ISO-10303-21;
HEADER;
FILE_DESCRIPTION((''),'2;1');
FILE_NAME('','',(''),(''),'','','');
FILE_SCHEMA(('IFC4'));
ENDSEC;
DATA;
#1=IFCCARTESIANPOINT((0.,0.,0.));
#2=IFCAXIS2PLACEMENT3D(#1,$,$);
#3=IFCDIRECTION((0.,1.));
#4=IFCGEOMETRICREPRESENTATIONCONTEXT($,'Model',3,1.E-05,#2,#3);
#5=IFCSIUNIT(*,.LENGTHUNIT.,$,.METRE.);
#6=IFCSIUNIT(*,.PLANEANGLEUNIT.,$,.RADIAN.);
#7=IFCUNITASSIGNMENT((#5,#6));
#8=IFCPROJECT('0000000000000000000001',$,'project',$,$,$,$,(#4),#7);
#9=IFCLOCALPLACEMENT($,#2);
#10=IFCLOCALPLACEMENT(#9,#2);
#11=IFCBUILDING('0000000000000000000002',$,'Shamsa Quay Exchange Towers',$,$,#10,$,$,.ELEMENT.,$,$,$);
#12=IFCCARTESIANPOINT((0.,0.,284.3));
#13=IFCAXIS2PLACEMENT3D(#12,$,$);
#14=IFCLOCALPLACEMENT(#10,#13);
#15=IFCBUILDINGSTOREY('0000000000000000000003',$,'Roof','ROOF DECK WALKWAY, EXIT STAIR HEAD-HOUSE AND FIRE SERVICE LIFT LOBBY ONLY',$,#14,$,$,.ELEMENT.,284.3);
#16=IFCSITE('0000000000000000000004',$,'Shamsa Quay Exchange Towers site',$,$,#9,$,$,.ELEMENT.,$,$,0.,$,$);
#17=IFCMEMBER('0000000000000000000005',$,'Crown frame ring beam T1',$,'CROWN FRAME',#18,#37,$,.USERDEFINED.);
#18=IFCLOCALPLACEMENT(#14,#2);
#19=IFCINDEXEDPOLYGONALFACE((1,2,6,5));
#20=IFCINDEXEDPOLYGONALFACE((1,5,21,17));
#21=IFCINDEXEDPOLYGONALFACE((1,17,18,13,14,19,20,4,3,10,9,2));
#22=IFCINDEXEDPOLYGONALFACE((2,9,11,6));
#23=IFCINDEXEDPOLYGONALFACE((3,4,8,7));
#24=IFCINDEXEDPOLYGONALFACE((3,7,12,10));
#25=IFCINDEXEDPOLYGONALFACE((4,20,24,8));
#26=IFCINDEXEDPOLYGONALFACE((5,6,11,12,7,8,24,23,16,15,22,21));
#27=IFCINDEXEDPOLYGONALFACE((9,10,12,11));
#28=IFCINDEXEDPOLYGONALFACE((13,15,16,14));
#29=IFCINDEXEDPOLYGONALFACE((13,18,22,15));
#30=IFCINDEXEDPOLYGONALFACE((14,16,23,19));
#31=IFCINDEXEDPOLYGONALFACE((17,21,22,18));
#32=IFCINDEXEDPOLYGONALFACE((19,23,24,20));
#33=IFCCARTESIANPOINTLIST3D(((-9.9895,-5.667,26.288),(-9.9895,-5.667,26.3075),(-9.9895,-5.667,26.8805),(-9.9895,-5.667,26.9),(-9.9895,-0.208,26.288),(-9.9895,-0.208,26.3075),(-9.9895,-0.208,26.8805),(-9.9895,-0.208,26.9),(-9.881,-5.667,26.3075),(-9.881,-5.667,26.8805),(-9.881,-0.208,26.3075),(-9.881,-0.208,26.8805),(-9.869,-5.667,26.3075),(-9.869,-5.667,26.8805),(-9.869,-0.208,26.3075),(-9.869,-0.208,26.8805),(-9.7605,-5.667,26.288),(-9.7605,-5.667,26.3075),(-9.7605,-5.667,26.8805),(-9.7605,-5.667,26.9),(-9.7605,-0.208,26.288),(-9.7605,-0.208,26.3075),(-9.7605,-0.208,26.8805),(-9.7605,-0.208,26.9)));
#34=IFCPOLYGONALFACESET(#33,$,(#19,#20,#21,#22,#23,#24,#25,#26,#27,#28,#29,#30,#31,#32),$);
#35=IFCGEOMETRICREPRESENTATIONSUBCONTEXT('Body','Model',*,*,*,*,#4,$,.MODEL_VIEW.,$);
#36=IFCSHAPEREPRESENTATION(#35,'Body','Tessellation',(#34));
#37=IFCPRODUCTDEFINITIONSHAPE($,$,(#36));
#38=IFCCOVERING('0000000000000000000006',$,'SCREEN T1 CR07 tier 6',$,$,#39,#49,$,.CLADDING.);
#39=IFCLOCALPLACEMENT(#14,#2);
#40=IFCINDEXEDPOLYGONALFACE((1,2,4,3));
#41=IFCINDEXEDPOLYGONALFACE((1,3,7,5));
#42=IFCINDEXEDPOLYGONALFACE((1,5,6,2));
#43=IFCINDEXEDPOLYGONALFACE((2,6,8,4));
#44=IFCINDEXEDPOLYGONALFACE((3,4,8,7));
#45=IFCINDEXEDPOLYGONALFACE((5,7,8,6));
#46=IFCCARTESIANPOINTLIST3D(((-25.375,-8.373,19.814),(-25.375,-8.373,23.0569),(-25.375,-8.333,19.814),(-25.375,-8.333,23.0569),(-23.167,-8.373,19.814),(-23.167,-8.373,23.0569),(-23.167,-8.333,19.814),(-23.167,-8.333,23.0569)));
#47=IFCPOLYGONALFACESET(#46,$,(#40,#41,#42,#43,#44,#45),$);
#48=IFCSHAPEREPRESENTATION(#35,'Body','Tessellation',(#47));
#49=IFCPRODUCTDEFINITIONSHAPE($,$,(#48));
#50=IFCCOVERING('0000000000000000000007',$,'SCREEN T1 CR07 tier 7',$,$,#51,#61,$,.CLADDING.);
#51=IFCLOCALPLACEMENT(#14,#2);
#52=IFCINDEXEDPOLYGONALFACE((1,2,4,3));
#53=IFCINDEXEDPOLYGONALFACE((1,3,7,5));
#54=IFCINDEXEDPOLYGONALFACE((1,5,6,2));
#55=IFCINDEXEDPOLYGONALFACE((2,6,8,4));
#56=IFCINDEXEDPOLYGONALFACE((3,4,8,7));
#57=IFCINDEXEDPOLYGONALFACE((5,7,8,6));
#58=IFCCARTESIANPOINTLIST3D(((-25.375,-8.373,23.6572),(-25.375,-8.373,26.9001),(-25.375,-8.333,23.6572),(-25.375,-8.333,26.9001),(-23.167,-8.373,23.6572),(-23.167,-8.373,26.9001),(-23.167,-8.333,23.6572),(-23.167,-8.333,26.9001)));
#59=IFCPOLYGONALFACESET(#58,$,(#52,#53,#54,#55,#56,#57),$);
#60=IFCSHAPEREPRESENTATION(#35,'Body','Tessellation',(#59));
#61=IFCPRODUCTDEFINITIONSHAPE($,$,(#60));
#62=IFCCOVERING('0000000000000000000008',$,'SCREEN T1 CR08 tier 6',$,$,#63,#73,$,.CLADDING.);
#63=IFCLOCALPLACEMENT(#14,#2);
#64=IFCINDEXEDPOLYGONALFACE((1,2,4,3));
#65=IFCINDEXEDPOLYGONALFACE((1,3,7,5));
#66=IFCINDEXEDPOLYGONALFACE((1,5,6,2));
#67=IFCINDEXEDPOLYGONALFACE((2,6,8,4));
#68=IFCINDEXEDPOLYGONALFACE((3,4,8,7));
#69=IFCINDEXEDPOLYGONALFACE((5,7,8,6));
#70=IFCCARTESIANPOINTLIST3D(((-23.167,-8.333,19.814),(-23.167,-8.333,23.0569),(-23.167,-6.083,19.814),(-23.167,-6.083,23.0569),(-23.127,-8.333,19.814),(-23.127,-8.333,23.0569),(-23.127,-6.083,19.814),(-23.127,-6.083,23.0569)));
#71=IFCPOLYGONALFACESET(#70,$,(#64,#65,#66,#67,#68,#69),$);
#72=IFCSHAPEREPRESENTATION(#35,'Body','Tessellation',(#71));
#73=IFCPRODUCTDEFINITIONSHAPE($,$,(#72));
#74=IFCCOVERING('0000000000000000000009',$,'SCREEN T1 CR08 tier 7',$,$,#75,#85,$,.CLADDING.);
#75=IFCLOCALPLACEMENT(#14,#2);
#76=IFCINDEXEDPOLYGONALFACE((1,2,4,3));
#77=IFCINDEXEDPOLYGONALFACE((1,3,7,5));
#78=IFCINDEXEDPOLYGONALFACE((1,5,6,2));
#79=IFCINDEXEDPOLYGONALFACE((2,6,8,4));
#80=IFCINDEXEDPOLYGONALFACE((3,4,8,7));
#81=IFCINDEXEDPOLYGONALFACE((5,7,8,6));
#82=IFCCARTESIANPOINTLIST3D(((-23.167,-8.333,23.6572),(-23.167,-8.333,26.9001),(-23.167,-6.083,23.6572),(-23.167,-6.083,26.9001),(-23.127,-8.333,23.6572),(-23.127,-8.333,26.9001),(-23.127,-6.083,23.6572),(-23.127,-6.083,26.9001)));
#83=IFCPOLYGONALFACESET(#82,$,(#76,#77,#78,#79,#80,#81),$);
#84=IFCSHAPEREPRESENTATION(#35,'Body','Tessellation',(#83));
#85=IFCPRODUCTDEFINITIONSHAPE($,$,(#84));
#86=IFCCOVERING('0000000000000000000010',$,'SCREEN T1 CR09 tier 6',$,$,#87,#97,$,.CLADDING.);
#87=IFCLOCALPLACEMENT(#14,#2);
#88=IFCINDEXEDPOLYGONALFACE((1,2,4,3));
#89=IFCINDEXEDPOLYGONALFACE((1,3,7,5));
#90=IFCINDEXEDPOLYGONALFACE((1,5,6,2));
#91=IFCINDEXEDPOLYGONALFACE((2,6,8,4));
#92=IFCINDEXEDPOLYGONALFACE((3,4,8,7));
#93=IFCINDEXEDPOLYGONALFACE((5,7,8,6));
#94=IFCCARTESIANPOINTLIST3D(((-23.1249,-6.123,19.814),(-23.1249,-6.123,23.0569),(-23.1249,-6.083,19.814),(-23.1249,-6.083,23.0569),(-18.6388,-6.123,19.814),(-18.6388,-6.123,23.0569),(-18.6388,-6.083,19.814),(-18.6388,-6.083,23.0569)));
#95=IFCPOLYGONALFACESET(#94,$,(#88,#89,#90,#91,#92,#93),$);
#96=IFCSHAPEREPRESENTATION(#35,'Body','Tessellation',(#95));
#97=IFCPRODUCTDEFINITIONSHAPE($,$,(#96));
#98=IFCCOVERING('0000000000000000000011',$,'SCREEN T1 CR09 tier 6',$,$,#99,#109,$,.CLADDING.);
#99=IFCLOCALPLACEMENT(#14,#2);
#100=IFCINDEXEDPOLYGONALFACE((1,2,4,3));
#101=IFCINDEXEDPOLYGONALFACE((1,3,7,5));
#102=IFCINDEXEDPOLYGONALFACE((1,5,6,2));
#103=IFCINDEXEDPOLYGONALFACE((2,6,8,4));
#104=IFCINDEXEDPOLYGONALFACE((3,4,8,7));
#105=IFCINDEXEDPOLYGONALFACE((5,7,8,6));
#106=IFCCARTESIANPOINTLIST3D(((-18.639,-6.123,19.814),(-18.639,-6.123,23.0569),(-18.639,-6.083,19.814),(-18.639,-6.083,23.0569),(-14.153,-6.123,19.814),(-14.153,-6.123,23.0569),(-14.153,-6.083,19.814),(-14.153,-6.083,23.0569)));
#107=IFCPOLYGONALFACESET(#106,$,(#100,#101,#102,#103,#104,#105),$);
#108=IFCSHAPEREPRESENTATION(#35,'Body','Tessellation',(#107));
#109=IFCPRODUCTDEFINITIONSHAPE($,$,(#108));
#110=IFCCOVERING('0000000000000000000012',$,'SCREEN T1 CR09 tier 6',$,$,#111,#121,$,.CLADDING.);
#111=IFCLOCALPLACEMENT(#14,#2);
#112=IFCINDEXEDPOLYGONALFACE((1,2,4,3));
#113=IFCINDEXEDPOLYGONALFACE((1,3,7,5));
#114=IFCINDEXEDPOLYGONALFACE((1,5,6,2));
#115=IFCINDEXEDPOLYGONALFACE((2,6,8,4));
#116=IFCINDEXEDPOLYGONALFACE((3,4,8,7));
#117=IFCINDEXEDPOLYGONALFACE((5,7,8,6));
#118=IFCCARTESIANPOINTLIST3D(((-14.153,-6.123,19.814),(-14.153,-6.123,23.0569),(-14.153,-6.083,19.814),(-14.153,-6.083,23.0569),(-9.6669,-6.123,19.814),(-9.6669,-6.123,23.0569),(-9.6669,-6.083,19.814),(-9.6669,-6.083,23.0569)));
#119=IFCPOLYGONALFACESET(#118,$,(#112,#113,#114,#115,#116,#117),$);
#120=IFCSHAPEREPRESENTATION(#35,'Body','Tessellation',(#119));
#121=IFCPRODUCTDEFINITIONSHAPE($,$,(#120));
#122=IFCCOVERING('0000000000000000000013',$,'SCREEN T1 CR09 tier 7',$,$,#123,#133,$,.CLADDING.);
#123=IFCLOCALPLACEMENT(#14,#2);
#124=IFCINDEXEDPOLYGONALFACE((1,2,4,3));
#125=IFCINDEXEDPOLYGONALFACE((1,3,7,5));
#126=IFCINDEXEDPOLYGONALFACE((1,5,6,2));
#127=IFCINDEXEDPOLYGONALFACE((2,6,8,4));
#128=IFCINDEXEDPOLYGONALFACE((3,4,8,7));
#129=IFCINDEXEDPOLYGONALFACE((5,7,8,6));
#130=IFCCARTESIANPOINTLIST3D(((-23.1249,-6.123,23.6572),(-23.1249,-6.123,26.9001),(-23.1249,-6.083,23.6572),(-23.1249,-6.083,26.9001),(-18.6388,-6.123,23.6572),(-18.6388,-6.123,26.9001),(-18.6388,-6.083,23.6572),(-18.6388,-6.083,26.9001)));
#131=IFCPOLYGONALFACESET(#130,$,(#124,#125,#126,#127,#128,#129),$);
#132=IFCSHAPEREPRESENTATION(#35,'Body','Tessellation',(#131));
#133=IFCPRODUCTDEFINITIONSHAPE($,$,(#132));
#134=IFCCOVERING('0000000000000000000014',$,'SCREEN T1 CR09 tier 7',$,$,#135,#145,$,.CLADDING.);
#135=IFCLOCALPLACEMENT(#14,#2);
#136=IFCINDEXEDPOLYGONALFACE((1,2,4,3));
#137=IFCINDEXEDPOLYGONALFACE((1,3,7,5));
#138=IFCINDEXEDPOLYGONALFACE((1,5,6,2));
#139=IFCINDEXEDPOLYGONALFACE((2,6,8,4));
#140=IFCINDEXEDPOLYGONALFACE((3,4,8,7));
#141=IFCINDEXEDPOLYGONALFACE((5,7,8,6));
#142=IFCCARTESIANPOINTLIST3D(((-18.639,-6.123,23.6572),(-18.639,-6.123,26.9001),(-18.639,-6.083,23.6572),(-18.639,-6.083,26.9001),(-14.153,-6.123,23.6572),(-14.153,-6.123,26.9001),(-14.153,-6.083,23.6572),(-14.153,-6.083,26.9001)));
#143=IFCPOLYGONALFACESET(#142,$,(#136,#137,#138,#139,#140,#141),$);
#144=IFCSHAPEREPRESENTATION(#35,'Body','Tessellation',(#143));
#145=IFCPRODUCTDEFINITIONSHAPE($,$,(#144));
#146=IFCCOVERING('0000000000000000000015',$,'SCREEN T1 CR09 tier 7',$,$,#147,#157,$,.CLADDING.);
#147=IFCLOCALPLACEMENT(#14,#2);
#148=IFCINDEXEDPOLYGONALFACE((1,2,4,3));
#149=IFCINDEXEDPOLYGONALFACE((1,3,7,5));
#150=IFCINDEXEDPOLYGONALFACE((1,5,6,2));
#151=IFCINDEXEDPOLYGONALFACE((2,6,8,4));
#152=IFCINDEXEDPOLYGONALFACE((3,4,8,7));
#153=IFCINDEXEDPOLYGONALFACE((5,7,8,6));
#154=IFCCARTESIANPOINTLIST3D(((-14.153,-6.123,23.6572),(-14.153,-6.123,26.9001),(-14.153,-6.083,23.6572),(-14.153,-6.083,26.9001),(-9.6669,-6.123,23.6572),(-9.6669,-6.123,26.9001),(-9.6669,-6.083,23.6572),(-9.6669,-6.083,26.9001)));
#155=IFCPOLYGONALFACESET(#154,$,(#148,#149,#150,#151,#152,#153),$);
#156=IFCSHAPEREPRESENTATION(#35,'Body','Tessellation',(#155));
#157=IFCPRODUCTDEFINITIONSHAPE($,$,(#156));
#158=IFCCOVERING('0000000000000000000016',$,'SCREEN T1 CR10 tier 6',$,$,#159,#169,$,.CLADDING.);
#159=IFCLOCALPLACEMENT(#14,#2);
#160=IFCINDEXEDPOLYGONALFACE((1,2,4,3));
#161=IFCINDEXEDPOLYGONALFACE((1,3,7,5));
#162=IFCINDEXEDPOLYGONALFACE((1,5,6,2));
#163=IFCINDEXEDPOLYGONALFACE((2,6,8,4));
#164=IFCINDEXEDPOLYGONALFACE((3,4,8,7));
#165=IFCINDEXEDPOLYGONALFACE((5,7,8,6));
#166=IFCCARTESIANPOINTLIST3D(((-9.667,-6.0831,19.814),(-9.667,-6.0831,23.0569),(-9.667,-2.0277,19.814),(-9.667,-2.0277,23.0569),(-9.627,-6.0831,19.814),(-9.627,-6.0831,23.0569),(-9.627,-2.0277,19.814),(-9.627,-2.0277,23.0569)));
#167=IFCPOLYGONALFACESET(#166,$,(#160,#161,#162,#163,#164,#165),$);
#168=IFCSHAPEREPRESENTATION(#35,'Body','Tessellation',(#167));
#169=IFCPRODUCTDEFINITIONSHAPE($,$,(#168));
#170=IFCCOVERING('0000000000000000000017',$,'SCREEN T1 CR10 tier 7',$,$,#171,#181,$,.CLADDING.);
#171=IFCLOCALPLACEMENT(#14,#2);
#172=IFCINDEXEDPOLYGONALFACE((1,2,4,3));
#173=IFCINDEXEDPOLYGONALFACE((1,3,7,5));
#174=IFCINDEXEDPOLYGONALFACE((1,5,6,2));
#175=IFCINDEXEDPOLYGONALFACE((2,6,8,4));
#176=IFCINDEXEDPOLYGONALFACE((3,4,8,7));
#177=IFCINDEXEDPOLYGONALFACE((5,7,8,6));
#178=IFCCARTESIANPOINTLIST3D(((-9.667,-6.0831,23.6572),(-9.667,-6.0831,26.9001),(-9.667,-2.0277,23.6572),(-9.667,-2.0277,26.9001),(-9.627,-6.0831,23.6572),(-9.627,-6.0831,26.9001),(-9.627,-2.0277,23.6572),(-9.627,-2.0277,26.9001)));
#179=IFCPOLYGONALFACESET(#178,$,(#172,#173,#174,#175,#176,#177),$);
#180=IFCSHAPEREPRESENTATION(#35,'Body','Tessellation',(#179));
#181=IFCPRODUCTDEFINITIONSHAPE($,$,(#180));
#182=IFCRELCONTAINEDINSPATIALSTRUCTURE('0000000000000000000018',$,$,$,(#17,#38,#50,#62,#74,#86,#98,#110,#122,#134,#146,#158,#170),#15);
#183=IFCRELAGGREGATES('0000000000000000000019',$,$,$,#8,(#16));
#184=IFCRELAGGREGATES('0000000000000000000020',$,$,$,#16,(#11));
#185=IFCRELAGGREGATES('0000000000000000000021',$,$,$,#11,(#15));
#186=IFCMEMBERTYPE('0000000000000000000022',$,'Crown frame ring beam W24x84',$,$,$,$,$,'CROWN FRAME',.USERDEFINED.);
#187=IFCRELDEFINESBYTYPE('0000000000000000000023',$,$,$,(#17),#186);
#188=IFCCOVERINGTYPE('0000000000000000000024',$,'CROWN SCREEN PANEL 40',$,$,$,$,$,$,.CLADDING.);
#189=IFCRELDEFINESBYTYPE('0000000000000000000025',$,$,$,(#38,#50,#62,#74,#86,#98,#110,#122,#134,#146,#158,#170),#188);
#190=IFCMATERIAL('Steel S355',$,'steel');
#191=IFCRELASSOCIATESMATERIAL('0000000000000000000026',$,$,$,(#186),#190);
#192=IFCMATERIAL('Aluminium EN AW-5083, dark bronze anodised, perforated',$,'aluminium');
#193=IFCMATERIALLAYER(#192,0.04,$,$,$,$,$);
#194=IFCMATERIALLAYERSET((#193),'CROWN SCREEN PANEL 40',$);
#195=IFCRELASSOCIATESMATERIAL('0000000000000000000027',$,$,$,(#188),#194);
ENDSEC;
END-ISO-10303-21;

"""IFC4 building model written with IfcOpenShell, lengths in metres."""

from ifc_helpers import new_model, si_unit, direction, frame, origin, origin_2d, place, context, subcontext, project, spatial, rectangle, i_section, extrude, material, layer, layer_set, material_profile, profile_set, type_object, element, save


model = new_model("IFC4")

# Units and contexts
model_context = context("Model", 3, precision=1e-05, world=origin(), true_north=direction((0.0, 1.0)))
body_context = subcontext(model_context, "Body", "Model", "MODEL_VIEW")
ifc_project = project(units=[si_unit("LENGTHUNIT", "METRE"), si_unit("PLANEANGLEUNIT", "RADIAN")], contexts=[model_context])

# Site, building, storey
site_placement = place(None, origin())
site = spatial("IfcSite", under=ifc_project, at=site_placement, Name="Shamsa Quay Exchange Towers site", CompositionType="ELEMENT", RefElevation=0.0)
building_placement = place(site_placement, origin())
building = spatial("IfcBuilding", under=site, at=building_placement, Name="Shamsa Quay Exchange Towers", CompositionType="ELEMENT")
storey_placement = place(building_placement, frame((0.0, 0.0, 284.3)))
storey = spatial("IfcBuildingStorey", under=building, at=storey_placement, Name="Roof", Description="ROOF DECK WALKWAY, EXIT STAIR HEAD-HOUSE AND FIRE SERVICE LIFT LOBBY ONLY", CompositionType="ELEMENT", Elevation=284.3)

# Member
ifc_material_1 = material(Name="Steel S355", Category="steel")
ifc_material_profile_1 = material_profile(ifc_material_1, i_section(OverallWidth=0.229, OverallDepth=0.6121, WebThickness=0.012, FlangeThickness=0.0195, at=origin_2d()), Name="W24x84")
ifc_profile_set_1 = profile_set([ifc_material_profile_1], Name="Steel S355")
member_type_1 = type_object("IfcMemberType", Name="Crown frame ring beam W24x84", ElementType="CROWN FRAME", PredefinedType="USERDEFINED", material=ifc_profile_set_1)
for number, where, z_axis, x_axis, name in (
    (1, (-9.875, -5.667, 26.594), (0.0, 1.0, 0.0), (-1.0, 0.0, 0.0), "Crown frame ring beam T1"),
):
    element("IfcMember", number, at=place(storey_placement, frame(where, z_axis=z_axis, x_axis=x_axis)), inside=storey, type_object=member_type_1, Name=name, ObjectType="CROWN FRAME", PredefinedType="USERDEFINED", context=body_context, shape_type="SweptSolid", body=[
        extrude(i_section(OverallWidth=0.229, OverallDepth=0.6121, WebThickness=0.012, FlangeThickness=0.0195, at=origin_2d()), origin(), (0.0, 0.0, 1.0), 5.459),
    ])

# Coverings
ifc_material_2 = material(Name="Aluminium EN AW-5083, dark bronze anodised, perforated", Category="aluminium")
ifc_layer = layer(ifc_material_2, 0.04)
ifc_layer_set = layer_set([ifc_layer], Name="CROWN SCREEN PANEL 40")
covering_type = type_object("IfcCoveringType", Name="CROWN SCREEN PANEL 40", PredefinedType="CLADDING", material=ifc_layer_set)
for number, where, name in (
    (2, (-24.271, -8.353, 19.814), "SCREEN T1 CR07 tier 6"),
    (3, (-24.271, -8.353, 23.6572), "SCREEN T1 CR07 tier 7"),
):
    element("IfcCovering", number, at=place(storey_placement, frame(where)), inside=storey, type_object=covering_type, Name=name, PredefinedType="CLADDING", context=body_context, shape_type="SweptSolid", body=[
        extrude(rectangle(XDim=2.208, YDim=0.04, at=origin_2d()), origin(), (0.0, 0.0, 1.0), 3.2429),
    ])
for number, where, z_axis, x_axis, name in (
    (4, (-23.147, -7.208, 19.814), (0.0, 0.0, 1.0), (0.0, 1.0, 0.0), "SCREEN T1 CR08 tier 6"),
    (5, (-23.147, -7.208, 23.6572), (0.0, 0.0, 1.0), (0.0, 1.0, 0.0), "SCREEN T1 CR08 tier 7"),
):
    element("IfcCovering", number, at=place(storey_placement, frame(where, z_axis=z_axis, x_axis=x_axis)), inside=storey, type_object=covering_type, Name=name, PredefinedType="CLADDING", context=body_context, shape_type="SweptSolid", body=[
        extrude(rectangle(XDim=2.25, YDim=0.04, at=origin_2d()), origin(), (0.0, 0.0, 1.0), 3.2429),
    ])
for number, where, name in (
    (6, (-20.8818, -6.103, 19.814), "SCREEN T1 CR09 tier 6"),
    (7, (-16.396, -6.103, 19.814), "SCREEN T1 CR09 tier 6"),
    (8, (-11.9099, -6.103, 19.814), "SCREEN T1 CR09 tier 6"),
    (9, (-20.8818, -6.103, 23.6572), "SCREEN T1 CR09 tier 7"),
    (10, (-16.396, -6.103, 23.6572), "SCREEN T1 CR09 tier 7"),
    (11, (-11.9099, -6.103, 23.6572), "SCREEN T1 CR09 tier 7"),
):
    element("IfcCovering", number, at=place(storey_placement, frame(where)), inside=storey, type_object=covering_type, Name=name, PredefinedType="CLADDING", context=body_context, shape_type="SweptSolid", body=[
        extrude(rectangle(XDim=4.4861, YDim=0.04, at=origin_2d()), origin(), (0.0, 0.0, 1.0), 3.2429),
    ])
for number, where, z_axis, x_axis, name in (
    (12, (-9.647, -4.0554, 19.814), (0.0, 0.0, 1.0), (0.0, 1.0, 0.0), "SCREEN T1 CR10 tier 6"),
    (13, (-9.647, -4.0554, 23.6572), (0.0, 0.0, 1.0), (0.0, 1.0, 0.0), "SCREEN T1 CR10 tier 7"),
):
    element("IfcCovering", number, at=place(storey_placement, frame(where, z_axis=z_axis, x_axis=x_axis)), inside=storey, type_object=covering_type, Name=name, PredefinedType="CLADDING", context=body_context, shape_type="SweptSolid", body=[
        extrude(rectangle(XDim=4.0554, YDim=0.04, at=origin_2d()), origin(), (0.0, 0.0, 1.0), 3.2429),
    ])

save(model, "model.ifc")
